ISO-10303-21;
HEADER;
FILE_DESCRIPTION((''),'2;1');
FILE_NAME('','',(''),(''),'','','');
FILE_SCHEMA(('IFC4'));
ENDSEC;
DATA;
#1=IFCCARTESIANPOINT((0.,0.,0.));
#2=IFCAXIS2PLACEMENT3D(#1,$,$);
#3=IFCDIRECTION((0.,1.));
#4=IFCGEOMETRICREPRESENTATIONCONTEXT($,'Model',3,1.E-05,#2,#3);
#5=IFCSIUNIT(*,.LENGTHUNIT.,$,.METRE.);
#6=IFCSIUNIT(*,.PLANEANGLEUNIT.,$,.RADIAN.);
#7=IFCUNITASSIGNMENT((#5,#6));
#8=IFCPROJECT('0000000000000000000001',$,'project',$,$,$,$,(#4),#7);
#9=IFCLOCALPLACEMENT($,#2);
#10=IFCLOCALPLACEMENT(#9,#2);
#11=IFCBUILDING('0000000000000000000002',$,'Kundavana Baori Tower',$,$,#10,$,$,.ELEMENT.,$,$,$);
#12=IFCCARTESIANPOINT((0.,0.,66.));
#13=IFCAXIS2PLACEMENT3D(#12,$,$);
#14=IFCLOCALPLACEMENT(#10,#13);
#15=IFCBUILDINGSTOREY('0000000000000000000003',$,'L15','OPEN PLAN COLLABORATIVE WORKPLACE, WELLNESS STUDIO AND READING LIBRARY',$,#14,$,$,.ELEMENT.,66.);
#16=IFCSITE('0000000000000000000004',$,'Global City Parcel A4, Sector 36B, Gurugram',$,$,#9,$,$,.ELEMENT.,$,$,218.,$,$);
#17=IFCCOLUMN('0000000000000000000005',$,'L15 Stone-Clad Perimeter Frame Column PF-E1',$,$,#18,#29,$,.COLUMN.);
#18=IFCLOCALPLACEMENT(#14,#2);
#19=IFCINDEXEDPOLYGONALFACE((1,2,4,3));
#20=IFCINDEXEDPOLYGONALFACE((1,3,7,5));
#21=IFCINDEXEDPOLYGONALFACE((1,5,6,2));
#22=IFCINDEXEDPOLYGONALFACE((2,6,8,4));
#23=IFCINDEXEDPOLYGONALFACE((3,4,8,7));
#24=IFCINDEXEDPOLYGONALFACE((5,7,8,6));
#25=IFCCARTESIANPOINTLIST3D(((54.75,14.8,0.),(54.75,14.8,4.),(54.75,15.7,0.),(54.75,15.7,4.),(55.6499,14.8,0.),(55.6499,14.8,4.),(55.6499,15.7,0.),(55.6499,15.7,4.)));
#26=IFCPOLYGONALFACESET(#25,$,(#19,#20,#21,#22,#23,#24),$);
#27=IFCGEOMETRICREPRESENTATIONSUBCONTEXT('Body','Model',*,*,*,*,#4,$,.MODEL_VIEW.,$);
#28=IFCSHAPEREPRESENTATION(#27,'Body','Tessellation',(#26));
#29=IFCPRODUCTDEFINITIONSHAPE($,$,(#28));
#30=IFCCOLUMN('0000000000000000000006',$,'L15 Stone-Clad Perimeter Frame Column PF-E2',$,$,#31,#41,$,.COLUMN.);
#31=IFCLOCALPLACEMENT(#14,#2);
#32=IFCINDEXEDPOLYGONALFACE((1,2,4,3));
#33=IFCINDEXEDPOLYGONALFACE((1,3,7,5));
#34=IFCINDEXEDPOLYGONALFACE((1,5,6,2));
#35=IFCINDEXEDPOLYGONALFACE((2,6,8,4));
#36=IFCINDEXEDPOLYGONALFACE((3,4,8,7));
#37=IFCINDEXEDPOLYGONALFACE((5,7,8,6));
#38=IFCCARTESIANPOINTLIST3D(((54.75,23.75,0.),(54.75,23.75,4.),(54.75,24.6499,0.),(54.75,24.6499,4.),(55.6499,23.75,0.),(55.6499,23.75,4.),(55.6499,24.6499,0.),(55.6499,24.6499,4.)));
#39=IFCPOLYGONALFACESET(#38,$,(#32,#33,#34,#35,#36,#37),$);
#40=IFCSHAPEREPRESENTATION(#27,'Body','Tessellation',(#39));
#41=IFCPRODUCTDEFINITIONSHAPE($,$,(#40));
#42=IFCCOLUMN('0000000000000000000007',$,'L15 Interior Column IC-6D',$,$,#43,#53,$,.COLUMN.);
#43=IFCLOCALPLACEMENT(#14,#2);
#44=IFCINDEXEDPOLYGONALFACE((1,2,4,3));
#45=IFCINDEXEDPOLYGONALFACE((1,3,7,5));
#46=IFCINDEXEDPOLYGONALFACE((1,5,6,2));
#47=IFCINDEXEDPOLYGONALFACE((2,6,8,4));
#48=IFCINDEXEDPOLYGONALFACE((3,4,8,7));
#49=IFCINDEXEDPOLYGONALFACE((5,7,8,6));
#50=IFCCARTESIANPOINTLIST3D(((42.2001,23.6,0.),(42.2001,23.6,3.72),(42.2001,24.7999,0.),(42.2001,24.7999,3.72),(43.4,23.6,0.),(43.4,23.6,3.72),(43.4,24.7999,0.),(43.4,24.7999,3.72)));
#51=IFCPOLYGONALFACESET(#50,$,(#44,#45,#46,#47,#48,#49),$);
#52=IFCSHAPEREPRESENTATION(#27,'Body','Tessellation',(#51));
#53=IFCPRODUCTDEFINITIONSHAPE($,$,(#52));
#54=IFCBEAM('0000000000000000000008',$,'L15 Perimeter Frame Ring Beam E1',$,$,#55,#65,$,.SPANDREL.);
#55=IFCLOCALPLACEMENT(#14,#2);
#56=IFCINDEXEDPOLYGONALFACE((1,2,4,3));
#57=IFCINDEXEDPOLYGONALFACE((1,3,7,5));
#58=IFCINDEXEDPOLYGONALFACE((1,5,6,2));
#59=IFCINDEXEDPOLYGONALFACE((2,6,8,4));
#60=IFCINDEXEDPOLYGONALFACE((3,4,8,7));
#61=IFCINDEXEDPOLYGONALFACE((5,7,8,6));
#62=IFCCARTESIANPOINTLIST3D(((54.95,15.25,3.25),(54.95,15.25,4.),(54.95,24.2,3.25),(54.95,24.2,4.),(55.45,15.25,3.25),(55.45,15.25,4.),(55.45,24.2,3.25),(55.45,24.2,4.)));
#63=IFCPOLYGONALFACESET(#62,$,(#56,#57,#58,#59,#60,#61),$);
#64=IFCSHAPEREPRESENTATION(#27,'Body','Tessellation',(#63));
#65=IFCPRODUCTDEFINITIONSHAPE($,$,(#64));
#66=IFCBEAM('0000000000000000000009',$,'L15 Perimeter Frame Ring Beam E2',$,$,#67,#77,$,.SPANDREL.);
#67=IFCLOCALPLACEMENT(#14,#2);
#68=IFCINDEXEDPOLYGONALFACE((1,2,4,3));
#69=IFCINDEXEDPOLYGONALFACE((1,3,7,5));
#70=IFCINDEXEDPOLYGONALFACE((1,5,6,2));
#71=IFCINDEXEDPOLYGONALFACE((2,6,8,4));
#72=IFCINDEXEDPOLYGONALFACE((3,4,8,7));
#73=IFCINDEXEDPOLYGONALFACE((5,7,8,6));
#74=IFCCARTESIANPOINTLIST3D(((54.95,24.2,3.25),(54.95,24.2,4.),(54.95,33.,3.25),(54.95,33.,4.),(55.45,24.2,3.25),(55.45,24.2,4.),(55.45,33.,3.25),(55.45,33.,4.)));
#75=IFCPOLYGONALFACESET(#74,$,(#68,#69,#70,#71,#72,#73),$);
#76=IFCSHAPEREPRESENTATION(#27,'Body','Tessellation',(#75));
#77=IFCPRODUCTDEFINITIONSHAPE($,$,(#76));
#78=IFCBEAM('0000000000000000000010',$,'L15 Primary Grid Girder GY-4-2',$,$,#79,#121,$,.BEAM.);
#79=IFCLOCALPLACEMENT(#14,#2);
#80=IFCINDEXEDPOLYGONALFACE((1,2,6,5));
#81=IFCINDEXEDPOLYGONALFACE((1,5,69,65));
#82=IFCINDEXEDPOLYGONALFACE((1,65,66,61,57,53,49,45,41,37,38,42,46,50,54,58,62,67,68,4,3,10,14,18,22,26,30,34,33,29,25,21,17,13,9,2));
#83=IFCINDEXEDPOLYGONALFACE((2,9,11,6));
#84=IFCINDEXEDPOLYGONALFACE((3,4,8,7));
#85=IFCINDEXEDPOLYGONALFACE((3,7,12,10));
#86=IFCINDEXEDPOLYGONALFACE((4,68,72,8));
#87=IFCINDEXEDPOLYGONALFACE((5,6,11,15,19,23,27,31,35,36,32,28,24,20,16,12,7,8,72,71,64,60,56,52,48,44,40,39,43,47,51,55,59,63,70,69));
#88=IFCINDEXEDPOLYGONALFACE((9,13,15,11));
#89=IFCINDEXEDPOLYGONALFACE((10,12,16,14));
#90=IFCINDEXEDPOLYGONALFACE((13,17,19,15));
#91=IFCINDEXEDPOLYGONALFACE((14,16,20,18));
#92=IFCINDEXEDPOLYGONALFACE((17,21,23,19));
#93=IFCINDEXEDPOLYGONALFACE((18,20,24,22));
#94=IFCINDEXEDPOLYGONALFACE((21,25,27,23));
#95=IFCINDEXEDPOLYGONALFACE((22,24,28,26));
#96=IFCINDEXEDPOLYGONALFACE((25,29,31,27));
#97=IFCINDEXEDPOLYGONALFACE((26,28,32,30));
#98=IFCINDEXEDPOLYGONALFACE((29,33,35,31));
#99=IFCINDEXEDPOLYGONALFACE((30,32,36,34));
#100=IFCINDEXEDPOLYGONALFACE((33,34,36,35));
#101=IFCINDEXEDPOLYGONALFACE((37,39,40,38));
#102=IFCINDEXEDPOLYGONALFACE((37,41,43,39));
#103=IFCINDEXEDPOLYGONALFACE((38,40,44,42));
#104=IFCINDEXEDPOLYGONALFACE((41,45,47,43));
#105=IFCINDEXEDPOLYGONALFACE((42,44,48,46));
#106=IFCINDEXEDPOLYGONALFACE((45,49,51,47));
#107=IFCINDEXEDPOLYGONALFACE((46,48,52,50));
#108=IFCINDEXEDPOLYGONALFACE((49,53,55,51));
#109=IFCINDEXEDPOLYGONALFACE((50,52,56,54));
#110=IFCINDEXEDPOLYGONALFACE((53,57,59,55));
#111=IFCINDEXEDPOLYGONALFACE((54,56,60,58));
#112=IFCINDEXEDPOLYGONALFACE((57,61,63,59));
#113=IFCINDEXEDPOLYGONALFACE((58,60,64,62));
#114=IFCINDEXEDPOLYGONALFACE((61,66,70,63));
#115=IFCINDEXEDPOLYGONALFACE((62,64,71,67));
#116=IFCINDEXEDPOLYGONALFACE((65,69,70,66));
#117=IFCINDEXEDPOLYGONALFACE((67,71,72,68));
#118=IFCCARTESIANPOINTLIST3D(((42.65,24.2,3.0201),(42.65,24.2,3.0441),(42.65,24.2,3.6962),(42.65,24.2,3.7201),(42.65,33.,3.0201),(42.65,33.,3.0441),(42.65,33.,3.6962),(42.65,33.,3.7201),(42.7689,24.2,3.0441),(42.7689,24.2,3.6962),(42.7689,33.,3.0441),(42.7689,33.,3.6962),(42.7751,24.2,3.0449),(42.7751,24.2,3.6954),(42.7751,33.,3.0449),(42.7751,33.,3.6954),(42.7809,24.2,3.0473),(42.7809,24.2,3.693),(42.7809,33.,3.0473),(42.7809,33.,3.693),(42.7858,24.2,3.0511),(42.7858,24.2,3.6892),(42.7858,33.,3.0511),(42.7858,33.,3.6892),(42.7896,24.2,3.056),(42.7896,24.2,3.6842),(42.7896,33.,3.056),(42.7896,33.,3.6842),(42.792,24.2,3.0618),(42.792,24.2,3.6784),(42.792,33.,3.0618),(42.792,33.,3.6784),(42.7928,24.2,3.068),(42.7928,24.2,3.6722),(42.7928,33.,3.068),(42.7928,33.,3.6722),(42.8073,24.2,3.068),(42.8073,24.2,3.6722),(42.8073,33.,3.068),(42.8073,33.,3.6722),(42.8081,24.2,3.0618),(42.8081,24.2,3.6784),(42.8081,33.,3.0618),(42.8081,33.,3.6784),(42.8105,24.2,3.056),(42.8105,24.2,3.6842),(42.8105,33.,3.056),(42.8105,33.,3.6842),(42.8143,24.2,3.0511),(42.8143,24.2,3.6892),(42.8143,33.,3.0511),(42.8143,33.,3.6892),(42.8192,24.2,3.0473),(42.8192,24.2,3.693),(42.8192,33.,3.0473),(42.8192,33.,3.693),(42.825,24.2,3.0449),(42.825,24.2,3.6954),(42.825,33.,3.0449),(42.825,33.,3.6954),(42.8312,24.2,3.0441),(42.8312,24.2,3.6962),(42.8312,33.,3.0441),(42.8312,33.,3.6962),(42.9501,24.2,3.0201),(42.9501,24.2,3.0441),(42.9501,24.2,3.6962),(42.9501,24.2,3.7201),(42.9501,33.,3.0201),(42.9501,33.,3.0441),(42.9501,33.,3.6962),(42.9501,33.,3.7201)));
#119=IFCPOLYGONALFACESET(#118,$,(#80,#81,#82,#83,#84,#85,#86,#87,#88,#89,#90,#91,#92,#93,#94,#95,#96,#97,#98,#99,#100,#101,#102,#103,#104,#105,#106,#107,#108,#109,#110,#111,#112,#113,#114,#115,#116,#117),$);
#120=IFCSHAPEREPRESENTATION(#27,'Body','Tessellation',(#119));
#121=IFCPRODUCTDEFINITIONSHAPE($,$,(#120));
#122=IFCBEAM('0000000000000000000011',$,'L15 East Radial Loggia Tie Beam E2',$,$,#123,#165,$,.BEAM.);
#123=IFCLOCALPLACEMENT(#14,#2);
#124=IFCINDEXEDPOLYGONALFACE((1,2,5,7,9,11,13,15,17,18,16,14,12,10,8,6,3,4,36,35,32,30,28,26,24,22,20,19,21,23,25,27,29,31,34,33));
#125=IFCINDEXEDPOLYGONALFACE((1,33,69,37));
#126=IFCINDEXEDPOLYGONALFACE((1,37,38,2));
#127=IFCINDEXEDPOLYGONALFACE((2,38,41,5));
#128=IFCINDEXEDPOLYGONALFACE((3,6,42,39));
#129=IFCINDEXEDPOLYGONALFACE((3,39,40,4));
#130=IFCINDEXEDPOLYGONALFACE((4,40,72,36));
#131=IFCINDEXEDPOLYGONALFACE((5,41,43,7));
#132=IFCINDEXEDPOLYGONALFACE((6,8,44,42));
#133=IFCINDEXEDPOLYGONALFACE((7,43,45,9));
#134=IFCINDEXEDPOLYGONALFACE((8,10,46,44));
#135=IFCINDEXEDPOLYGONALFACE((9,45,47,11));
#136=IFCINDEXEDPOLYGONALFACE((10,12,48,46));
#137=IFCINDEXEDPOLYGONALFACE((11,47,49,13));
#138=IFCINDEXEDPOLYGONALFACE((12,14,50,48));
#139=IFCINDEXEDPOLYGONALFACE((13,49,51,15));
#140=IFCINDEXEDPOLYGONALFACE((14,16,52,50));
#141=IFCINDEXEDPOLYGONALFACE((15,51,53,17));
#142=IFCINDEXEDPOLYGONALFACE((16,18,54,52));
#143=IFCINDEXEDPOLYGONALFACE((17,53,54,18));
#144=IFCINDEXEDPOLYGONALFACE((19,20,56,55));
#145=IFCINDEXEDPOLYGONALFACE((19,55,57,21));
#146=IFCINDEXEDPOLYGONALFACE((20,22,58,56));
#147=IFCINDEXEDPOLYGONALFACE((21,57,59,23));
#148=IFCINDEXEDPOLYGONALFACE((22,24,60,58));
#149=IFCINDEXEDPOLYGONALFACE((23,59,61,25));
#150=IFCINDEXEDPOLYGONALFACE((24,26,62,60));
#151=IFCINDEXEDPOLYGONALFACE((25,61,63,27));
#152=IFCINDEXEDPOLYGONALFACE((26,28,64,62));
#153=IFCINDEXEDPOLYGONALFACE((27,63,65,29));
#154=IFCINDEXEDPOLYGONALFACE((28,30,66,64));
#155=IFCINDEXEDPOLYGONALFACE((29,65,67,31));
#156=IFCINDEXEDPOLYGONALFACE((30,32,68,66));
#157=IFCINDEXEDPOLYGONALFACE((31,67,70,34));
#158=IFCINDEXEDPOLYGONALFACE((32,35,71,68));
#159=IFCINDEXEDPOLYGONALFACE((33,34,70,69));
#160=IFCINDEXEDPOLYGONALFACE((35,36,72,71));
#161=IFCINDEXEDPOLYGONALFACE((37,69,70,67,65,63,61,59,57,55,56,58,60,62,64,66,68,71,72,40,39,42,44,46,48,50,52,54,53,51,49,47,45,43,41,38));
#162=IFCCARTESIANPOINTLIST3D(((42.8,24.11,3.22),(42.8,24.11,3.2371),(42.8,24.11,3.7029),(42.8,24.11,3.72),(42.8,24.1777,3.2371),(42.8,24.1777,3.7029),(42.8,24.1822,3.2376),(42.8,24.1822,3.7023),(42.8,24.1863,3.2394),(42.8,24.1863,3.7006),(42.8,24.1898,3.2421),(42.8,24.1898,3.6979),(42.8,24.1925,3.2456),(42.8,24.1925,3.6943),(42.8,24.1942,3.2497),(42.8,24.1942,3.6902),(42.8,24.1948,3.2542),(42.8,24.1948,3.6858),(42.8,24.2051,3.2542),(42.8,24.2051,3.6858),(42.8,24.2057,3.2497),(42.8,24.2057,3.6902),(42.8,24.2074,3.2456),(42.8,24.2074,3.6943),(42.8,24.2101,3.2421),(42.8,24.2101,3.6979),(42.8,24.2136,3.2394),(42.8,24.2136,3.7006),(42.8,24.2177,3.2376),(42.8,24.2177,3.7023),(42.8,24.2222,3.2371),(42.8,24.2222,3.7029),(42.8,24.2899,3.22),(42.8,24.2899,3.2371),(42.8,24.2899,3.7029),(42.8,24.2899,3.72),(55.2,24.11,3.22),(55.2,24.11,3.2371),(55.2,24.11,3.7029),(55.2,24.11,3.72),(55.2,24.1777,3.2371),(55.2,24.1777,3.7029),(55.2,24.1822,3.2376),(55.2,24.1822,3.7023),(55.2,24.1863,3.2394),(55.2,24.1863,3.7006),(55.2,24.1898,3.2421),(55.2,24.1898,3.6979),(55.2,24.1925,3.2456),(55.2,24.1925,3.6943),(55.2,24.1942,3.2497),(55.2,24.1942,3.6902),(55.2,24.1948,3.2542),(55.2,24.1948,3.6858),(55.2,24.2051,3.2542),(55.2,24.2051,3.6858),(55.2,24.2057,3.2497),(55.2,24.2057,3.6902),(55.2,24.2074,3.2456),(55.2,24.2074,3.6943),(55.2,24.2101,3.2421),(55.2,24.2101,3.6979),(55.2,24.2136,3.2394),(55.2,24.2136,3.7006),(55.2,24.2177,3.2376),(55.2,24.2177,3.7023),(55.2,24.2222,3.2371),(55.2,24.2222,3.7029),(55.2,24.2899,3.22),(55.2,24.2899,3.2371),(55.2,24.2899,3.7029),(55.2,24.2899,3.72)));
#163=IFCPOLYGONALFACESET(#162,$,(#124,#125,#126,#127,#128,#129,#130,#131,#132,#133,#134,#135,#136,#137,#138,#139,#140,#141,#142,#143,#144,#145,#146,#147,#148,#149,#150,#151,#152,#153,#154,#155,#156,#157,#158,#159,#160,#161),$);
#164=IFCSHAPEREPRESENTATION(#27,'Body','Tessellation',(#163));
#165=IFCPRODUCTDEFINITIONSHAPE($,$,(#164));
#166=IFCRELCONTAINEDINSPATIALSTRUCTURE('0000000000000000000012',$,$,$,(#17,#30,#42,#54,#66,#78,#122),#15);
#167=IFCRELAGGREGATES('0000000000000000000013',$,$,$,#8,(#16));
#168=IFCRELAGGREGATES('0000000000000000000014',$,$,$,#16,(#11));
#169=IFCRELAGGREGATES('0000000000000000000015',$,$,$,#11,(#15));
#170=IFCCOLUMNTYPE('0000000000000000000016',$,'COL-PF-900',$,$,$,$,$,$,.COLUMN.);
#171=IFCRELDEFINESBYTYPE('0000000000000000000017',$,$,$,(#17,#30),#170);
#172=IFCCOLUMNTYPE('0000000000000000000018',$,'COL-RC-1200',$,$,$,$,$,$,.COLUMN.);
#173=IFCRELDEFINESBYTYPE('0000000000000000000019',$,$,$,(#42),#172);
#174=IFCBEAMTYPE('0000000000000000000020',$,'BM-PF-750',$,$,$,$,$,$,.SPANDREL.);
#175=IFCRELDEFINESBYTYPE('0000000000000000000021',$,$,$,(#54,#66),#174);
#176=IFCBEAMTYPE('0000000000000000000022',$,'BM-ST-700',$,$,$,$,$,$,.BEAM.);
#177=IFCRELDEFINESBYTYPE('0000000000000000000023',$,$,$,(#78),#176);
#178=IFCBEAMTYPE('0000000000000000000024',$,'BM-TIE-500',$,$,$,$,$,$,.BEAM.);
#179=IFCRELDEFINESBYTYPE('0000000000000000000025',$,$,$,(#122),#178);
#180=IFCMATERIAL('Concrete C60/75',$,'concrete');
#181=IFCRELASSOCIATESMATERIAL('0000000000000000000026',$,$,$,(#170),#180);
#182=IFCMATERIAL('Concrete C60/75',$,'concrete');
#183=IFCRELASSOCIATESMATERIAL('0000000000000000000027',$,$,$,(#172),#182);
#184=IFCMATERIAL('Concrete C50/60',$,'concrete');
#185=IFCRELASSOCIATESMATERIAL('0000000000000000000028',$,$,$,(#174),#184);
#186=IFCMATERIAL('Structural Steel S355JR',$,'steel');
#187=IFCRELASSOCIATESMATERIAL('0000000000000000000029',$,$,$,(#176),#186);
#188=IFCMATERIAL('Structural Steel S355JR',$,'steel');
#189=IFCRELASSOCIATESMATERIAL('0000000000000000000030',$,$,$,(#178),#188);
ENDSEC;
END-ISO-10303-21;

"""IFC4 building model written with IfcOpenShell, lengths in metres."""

from ifc_helpers import new_model, si_unit, direction, frame, origin, origin_2d, place, context, subcontext, project, spatial, rectangle, i_section, extrude, material, material_profile, profile_set, type_object, element, save


model = new_model("IFC4")

# Units and contexts
model_context = context("Model", 3, precision=1e-05, world=origin(), true_north=direction((0.0, 1.0)))
body_context = subcontext(model_context, "Body", "Model", "MODEL_VIEW")
ifc_project = project(units=[si_unit("LENGTHUNIT", "METRE"), si_unit("PLANEANGLEUNIT", "RADIAN")], contexts=[model_context])

# Site, building, storey
site_placement = place(None, origin())
site = spatial("IfcSite", under=ifc_project, at=site_placement, Name="Global City Parcel A4, Sector 36B, Gurugram", CompositionType="ELEMENT", RefElevation=218.0)
building_placement = place(site_placement, origin())
building = spatial("IfcBuilding", under=site, at=building_placement, Name="Kundavana Baori Tower", CompositionType="ELEMENT")
storey_placement = place(building_placement, frame((0.0, 0.0, 66.0)))
storey = spatial("IfcBuildingStorey", under=building, at=storey_placement, Name="L15", Description="OPEN PLAN COLLABORATIVE WORKPLACE, WELLNESS STUDIO AND READING LIBRARY", CompositionType="ELEMENT", Elevation=66.0)

# Columns
ifc_material_1 = material(Name="Concrete C60/75", Category="concrete")
ifc_material_profile_1 = material_profile(ifc_material_1, rectangle(XDim=0.8999, YDim=0.8999, at=origin_2d()), Name="RC PF 900x900")
ifc_profile_set_1 = profile_set([ifc_material_profile_1], Name="Concrete C60/75")
column_type_1 = type_object("IfcColumnType", Name="COL-PF-900", PredefinedType="COLUMN", material=ifc_profile_set_1)
for number, where, z_axis, x_axis, name in (
    (1, (55.2, 15.25, 0.0), (0.0, 0.0, 1.0), (1.0, 0.0, 0.0), "L15 Stone-Clad Perimeter Frame Column PF-E1"),
    (2, (55.2, 24.2, 0.0), (0.0, 0.0, 1.0), (1.0, 0.0, 0.0), "L15 Stone-Clad Perimeter Frame Column PF-E2"),
):
    element("IfcColumn", number, at=place(storey_placement, frame(where, z_axis=z_axis, x_axis=x_axis)), inside=storey, type_object=column_type_1, Name=name, PredefinedType="COLUMN", context=body_context, shape_type="SweptSolid", body=[
        extrude(rectangle(XDim=0.8999, YDim=0.8999, at=origin_2d()), origin(), (0.0, 0.0, 1.0), 4.0),
    ])
ifc_material_2 = material(Name="Concrete C60/75", Category="concrete")
ifc_material_profile_2 = material_profile(ifc_material_2, rectangle(XDim=1.2, YDim=1.2, at=origin_2d()), Name="RC 1200x1200")
ifc_profile_set_2 = profile_set([ifc_material_profile_2], Name="Concrete C60/75")
column_type_2 = type_object("IfcColumnType", Name="COL-RC-1200", PredefinedType="COLUMN", material=ifc_profile_set_2)
column_placement = place(storey_placement, frame((42.8, 24.2, 0.0), z_axis=(0.0, 0.0, 1.0), x_axis=(1.0, 0.0, 0.0)))
element("IfcColumn", 3, at=column_placement, inside=storey, type_object=column_type_2, Name="L15 Interior Column IC-6D", PredefinedType="COLUMN", context=body_context, shape_type="SweptSolid", body=[
    extrude(rectangle(XDim=1.2, YDim=1.2, at=origin_2d()), origin(), (0.0, 0.0, 1.0), 3.72),
])

# Beams
ifc_material_3 = material(Name="Concrete C50/60", Category="concrete")
ifc_material_profile_3 = material_profile(ifc_material_3, rectangle(XDim=0.5, YDim=0.75, at=origin_2d()), Name="RC BM 500x750")
ifc_profile_set_3 = profile_set([ifc_material_profile_3], Name="Concrete C50/60")
beam_type_1 = type_object("IfcBeamType", Name="BM-PF-750", PredefinedType="SPANDREL", material=ifc_profile_set_3)
beam_1_placement = place(storey_placement, frame((55.2, 15.25, 3.625), z_axis=(0.0, 1.0, 0.0), x_axis=(-1.0, 0.0, 0.0)))
element("IfcBeam", 4, at=beam_1_placement, inside=storey, type_object=beam_type_1, Name="L15 Perimeter Frame Ring Beam E1", PredefinedType="SPANDREL", context=body_context, shape_type="SweptSolid", body=[
    extrude(rectangle(XDim=0.5, YDim=0.75, at=origin_2d()), origin(), (0.0, 0.0, 1.0), 8.95),
])
beam_2_placement = place(storey_placement, frame((55.2, 24.2, 3.625), z_axis=(0.0, 1.0, 0.0), x_axis=(-1.0, 0.0, 0.0)))
element("IfcBeam", 5, at=beam_2_placement, inside=storey, type_object=beam_type_1, Name="L15 Perimeter Frame Ring Beam E2", PredefinedType="SPANDREL", context=body_context, shape_type="SweptSolid", body=[
    extrude(rectangle(XDim=0.5, YDim=0.75, at=origin_2d()), origin(), (0.0, 0.0, 1.0), 8.8),
])
ifc_material_4 = material(Name="Structural Steel S355JR", Category="steel")
ifc_material_profile_4 = material_profile(ifc_material_4, i_section(OverallWidth=0.3, OverallDepth=0.7, WebThickness=0.0144, FlangeThickness=0.0239, FilletRadius=0.0239, at=origin_2d()), Name="NPB 700x300x170")
ifc_profile_set_4 = profile_set([ifc_material_profile_4], Name="Structural Steel S355JR")
beam_type_2 = type_object("IfcBeamType", Name="BM-ST-700", PredefinedType="BEAM", material=ifc_profile_set_4)
beam_3_placement = place(storey_placement, frame((42.8, 24.2, 3.3701), z_axis=(0.0, 1.0, 0.0), x_axis=(-1.0, 0.0, 0.0)))
element("IfcBeam", 6, at=beam_3_placement, inside=storey, type_object=beam_type_2, Name="L15 Primary Grid Girder GY-4-2", PredefinedType="BEAM", context=body_context, shape_type="SweptSolid", body=[
    extrude(i_section(OverallWidth=0.3, OverallDepth=0.7, WebThickness=0.0144, FlangeThickness=0.0239, FilletRadius=0.0239, at=origin_2d()), origin(), (0.0, 0.0, 1.0), 8.8),
])
ifc_material_5 = material(Name="Structural Steel S355JR", Category="steel")
ifc_material_profile_5 = material_profile(ifc_material_5, i_section(OverallWidth=0.1799, OverallDepth=0.5, WebThickness=0.0103, FlangeThickness=0.0171, FilletRadius=0.0171, at=origin_2d()), Name="ISMB 500")
ifc_profile_set_5 = profile_set([ifc_material_profile_5], Name="Structural Steel S355JR")
beam_type_3 = type_object("IfcBeamType", Name="BM-TIE-500", PredefinedType="BEAM", material=ifc_profile_set_5)
beam_4_placement = place(storey_placement, frame((42.8, 24.2, 3.47), z_axis=(1.0, 0.0, 0.0), x_axis=(0.0, 1.0, 0.0)))
element("IfcBeam", 7, at=beam_4_placement, inside=storey, type_object=beam_type_3, Name="L15 East Radial Loggia Tie Beam E2", PredefinedType="BEAM", context=body_context, shape_type="SweptSolid", body=[
    extrude(i_section(OverallWidth=0.1799, OverallDepth=0.5, WebThickness=0.0103, FlangeThickness=0.0171, FilletRadius=0.0171, at=origin_2d()), origin(), (0.0, 0.0, 1.0), 12.3999),
])

save(model, "model.ifc")
